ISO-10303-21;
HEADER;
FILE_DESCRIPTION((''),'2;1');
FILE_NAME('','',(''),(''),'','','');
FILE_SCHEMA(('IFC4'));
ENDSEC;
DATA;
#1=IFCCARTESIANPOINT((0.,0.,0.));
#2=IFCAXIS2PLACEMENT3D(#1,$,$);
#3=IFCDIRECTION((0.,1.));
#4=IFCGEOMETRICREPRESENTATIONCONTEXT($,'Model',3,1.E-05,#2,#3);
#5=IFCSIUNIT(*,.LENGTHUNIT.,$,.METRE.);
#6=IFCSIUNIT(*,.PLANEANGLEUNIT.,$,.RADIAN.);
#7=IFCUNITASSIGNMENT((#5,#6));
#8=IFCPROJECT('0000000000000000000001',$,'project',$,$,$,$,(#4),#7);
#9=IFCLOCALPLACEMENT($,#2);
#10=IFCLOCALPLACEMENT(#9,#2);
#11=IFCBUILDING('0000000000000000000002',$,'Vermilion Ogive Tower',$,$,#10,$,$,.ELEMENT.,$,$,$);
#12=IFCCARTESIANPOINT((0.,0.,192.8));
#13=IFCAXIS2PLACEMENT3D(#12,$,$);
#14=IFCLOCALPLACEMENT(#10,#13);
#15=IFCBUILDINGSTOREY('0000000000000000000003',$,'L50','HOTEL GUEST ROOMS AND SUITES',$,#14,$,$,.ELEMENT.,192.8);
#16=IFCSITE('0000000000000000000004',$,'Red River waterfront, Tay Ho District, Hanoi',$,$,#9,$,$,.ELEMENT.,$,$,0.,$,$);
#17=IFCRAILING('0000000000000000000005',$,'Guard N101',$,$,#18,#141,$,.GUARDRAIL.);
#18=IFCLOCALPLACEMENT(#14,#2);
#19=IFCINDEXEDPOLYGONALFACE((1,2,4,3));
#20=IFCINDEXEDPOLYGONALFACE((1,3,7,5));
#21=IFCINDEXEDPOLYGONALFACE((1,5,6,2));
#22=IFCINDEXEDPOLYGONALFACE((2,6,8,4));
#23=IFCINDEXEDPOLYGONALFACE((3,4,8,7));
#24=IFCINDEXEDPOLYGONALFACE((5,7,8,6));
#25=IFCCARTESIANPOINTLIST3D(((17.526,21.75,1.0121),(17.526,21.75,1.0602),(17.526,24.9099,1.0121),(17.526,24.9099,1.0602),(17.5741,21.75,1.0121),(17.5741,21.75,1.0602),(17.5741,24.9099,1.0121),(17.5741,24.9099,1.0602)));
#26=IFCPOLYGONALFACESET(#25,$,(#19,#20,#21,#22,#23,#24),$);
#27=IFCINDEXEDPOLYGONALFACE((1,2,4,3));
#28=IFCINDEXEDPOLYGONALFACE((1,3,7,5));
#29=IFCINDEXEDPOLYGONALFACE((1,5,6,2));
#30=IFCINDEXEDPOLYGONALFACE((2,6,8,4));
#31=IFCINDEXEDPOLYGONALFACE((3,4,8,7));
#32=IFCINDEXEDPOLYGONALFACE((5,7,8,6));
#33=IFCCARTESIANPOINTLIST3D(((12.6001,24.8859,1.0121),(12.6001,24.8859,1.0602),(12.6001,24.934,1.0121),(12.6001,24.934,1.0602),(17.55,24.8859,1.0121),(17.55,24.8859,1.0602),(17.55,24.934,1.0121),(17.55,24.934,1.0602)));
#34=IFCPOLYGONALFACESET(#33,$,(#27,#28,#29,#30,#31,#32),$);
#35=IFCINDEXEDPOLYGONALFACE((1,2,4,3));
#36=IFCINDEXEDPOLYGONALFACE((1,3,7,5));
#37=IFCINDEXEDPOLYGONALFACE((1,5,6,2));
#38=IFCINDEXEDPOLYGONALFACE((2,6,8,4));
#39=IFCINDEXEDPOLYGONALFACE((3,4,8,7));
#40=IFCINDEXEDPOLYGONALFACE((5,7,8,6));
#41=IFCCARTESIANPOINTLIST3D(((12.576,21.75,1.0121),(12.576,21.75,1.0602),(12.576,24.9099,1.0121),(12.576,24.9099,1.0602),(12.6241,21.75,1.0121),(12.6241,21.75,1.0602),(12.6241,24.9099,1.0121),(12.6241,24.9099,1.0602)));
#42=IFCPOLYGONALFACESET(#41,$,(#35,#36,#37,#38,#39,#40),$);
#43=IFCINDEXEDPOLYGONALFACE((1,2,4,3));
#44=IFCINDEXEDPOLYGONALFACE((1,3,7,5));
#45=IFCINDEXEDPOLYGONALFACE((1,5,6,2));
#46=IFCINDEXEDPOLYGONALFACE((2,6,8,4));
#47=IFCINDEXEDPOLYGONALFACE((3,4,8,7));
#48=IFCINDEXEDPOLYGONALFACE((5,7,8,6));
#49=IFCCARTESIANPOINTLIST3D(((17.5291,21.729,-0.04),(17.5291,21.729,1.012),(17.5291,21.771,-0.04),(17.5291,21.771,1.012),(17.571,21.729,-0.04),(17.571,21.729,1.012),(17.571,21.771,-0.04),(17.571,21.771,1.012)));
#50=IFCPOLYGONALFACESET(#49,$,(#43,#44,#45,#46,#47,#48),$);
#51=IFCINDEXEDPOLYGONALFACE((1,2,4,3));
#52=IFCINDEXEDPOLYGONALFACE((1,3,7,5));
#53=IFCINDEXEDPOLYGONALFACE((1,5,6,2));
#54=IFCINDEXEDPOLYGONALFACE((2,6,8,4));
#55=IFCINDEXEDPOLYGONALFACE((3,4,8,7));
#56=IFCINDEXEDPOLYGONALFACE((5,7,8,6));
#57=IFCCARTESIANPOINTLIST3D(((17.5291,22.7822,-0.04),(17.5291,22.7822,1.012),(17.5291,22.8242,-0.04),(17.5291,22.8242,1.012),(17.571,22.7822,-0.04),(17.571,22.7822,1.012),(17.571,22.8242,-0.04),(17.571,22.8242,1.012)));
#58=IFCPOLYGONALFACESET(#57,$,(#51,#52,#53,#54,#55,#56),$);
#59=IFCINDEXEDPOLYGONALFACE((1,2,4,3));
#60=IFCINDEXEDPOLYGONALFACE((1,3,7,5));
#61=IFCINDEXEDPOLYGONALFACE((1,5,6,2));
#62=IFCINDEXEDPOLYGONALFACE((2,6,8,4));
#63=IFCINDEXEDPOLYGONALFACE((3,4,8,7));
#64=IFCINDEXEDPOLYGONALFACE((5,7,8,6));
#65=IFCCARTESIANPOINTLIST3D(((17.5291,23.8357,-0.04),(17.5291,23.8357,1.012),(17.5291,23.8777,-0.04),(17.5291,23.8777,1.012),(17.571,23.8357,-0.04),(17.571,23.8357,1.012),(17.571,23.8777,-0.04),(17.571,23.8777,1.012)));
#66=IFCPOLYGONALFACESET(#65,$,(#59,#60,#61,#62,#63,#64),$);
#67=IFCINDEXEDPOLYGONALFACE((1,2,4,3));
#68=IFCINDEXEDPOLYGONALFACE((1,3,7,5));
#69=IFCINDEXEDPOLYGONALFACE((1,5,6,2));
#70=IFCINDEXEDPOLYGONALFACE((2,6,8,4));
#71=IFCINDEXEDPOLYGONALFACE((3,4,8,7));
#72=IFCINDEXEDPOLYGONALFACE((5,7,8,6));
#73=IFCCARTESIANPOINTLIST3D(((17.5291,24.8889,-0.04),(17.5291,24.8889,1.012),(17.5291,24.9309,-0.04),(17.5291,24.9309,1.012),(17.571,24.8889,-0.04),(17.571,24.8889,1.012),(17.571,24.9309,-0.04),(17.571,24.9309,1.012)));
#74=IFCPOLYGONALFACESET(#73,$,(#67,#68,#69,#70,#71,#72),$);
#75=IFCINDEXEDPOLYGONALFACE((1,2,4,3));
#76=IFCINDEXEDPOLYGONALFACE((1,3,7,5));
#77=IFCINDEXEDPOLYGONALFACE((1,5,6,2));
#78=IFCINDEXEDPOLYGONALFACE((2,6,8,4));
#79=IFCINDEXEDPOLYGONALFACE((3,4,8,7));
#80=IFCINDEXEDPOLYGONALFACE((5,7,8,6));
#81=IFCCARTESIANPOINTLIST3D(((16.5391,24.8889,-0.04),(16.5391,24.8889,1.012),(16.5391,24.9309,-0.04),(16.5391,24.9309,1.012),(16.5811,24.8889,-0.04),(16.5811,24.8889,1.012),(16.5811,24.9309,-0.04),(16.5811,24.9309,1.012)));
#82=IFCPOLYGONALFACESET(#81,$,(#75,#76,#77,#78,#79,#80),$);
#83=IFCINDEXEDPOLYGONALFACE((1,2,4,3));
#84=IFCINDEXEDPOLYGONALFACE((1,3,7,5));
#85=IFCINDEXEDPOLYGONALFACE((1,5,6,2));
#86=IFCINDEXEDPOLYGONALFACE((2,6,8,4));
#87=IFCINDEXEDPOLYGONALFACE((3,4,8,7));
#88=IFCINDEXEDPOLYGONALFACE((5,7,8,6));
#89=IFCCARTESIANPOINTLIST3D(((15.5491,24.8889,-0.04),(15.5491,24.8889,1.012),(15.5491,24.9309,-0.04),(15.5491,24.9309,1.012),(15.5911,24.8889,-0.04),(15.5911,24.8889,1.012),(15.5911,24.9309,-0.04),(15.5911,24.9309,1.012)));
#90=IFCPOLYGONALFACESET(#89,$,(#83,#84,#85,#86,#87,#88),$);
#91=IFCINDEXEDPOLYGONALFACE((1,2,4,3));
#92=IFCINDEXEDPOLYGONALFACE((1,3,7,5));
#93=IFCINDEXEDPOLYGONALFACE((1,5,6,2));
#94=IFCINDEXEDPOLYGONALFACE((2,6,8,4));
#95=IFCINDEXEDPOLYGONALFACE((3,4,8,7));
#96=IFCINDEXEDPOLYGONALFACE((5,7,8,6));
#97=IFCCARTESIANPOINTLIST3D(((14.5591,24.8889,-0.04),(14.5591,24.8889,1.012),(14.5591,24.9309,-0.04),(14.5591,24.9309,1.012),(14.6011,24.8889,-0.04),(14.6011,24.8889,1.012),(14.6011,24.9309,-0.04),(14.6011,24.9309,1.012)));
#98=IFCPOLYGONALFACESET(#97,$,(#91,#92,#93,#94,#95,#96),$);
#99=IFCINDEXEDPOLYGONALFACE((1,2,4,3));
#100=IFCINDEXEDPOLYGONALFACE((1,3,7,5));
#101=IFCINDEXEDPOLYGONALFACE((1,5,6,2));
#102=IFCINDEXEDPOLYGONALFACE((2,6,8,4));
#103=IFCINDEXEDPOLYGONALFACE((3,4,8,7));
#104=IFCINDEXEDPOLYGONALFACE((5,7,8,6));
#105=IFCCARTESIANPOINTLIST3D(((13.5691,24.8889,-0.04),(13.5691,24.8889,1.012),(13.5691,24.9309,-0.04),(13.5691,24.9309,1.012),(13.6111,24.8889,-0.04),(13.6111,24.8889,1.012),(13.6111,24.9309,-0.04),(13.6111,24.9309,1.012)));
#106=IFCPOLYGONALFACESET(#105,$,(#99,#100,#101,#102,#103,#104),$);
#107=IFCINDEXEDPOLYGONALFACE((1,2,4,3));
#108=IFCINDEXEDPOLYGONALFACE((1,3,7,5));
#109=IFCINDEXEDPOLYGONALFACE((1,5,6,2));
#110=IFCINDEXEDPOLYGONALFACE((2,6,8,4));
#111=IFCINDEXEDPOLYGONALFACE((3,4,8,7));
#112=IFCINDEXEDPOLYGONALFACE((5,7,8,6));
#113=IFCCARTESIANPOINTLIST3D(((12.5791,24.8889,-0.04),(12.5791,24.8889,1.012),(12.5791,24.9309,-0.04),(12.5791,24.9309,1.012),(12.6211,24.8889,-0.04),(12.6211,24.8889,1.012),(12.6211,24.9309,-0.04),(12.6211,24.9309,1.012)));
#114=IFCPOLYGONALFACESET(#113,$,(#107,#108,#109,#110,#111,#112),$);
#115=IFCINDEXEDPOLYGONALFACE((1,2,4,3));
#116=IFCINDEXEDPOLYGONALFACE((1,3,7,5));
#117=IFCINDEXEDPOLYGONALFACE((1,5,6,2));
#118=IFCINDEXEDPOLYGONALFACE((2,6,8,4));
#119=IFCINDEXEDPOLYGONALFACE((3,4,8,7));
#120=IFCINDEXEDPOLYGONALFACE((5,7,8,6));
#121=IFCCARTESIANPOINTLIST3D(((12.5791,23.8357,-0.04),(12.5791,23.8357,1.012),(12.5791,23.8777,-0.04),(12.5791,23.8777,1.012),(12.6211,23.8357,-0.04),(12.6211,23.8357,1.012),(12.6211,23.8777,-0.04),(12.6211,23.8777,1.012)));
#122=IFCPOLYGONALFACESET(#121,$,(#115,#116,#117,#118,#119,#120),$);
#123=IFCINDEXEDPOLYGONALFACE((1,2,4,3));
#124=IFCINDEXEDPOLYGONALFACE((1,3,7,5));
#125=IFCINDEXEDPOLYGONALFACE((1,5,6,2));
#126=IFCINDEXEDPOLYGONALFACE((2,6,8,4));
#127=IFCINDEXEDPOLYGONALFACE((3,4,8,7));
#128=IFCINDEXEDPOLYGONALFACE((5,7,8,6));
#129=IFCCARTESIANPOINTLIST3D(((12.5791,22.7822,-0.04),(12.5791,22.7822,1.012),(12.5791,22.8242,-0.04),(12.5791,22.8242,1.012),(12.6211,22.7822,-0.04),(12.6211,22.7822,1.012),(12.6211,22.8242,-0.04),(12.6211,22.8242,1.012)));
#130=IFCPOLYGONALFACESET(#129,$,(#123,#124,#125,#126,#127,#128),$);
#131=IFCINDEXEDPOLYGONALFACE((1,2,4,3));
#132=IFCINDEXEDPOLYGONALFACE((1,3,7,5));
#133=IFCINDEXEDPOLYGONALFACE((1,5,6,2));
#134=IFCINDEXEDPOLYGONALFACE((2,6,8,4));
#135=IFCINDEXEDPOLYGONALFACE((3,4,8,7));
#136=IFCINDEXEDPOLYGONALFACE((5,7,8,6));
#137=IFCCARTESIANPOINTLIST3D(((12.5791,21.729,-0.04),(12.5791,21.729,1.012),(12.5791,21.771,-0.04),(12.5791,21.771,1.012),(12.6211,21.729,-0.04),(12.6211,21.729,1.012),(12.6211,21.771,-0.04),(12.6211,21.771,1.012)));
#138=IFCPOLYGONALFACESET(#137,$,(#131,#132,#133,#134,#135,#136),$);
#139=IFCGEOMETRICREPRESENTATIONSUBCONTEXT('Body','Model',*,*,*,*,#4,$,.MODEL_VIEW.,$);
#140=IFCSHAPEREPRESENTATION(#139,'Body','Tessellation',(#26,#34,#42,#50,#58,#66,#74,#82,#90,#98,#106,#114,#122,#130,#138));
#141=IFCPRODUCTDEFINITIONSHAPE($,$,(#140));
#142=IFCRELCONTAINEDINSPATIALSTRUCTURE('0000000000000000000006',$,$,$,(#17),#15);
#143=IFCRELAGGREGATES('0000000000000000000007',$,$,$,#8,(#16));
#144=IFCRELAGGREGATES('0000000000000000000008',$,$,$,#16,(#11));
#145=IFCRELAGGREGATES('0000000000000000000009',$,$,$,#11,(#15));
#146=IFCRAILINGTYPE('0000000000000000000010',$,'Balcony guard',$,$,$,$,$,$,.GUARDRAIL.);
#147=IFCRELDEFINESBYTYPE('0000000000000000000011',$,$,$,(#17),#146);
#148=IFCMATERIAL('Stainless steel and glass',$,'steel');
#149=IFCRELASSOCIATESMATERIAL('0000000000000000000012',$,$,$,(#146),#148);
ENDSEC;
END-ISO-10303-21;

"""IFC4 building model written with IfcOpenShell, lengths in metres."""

from ifc_helpers import new_model, si_unit, direction, frame, origin, origin_2d, place, context, subcontext, project, spatial, rectangle, extrude, material, type_object, element, save


model = new_model("IFC4")

# Units and contexts
model_context = context("Model", 3, precision=1e-05, world=origin(), true_north=direction((0.0, 1.0)))
body_context = subcontext(model_context, "Body", "Model", "MODEL_VIEW")
ifc_project = project(units=[si_unit("LENGTHUNIT", "METRE"), si_unit("PLANEANGLEUNIT", "RADIAN")], contexts=[model_context])

# Site, building, storey
site_placement = place(None, origin())
site = spatial("IfcSite", under=ifc_project, at=site_placement, Name="Red River waterfront, Tay Ho District, Hanoi", CompositionType="ELEMENT", RefElevation=0.0)
building_placement = place(site_placement, origin())
building = spatial("IfcBuilding", under=site, at=building_placement, Name="Vermilion Ogive Tower", CompositionType="ELEMENT")
storey_placement = place(building_placement, frame((0.0, 0.0, 192.8)))
storey = spatial("IfcBuildingStorey", under=building, at=storey_placement, Name="L50", Description="HOTEL GUEST ROOMS AND SUITES", CompositionType="ELEMENT", Elevation=192.8)

# Railing
ifc_material_1 = material(Name="Stainless steel and glass", Category="steel")
railing_type = type_object("IfcRailingType", Name="Balcony guard", PredefinedType="GUARDRAIL", material=ifc_material_1)
railing_placement = place(storey_placement, frame((17.55, 21.75, -0.04)))
element("IfcRailing", 1, at=railing_placement, inside=storey, type_object=railing_type, Name="Guard N101", PredefinedType="GUARDRAIL", context=body_context, shape_type="SweptSolid", body=[
    extrude(rectangle(XDim=0.0481, YDim=0.0481, at=origin_2d()), frame((0.0, 0.0, 1.0762), z_axis=(0.0, 1.0, 0.0), x_axis=(-1.0, 0.0, 0.0)), (0.0, 0.0, 1.0), 3.1599),
    extrude(rectangle(XDim=0.0481, YDim=0.0481, at=origin_2d()), frame((0.0, 3.1599, 1.0762), z_axis=(-1.0, 0.0, 0.0), x_axis=(0.0, -1.0, 0.0)), (0.0, 0.0, 1.0), 4.95),
    extrude(rectangle(XDim=0.0481, YDim=0.0481, at=origin_2d()), frame((-4.95, 3.1599, 1.0762), z_axis=(0.0, -1.0, 0.0), x_axis=(1.0, 0.0, 0.0)), (0.0, 0.0, 1.0), 3.1599),
    extrude(rectangle(XDim=0.042, YDim=0.042, at=origin_2d()), origin(), (0.0, 0.0, 1.0), 1.052),
    extrude(rectangle(XDim=0.042, YDim=0.042, at=origin_2d()), frame((0.0, 1.0532, 0.0)), (0.0, 0.0, 1.0), 1.052),
    extrude(rectangle(XDim=0.042, YDim=0.042, at=origin_2d()), frame((0.0, 2.1067, 0.0)), (0.0, 0.0, 1.0), 1.052),
    extrude(rectangle(XDim=0.042, YDim=0.042, at=origin_2d()), frame((0.0, 3.1599, 0.0)), (0.0, 0.0, 1.0), 1.052),
    extrude(rectangle(XDim=0.042, YDim=0.042, at=origin_2d()), frame((-0.99, 3.1599, 0.0)), (0.0, 0.0, 1.0), 1.052),
    extrude(rectangle(XDim=0.042, YDim=0.042, at=origin_2d()), frame((-1.98, 3.1599, 0.0)), (0.0, 0.0, 1.0), 1.052),
    extrude(rectangle(XDim=0.042, YDim=0.042, at=origin_2d()), frame((-2.97, 3.1599, 0.0)), (0.0, 0.0, 1.0), 1.052),
    extrude(rectangle(XDim=0.042, YDim=0.042, at=origin_2d()), frame((-3.96, 3.1599, 0.0)), (0.0, 0.0, 1.0), 1.052),
    extrude(rectangle(XDim=0.042, YDim=0.042, at=origin_2d()), frame((-4.95, 3.1599, 0.0)), (0.0, 0.0, 1.0), 1.052),
    extrude(rectangle(XDim=0.042, YDim=0.042, at=origin_2d()), frame((-4.95, 2.1067, 0.0)), (0.0, 0.0, 1.0), 1.052),
    extrude(rectangle(XDim=0.042, YDim=0.042, at=origin_2d()), frame((-4.95, 1.0532, 0.0)), (0.0, 0.0, 1.0), 1.052),
    extrude(rectangle(XDim=0.042, YDim=0.042, at=origin_2d()), frame((-4.95, 0.0, 0.0)), (0.0, 0.0, 1.0), 1.052),
])

save(model, "model.ifc")
